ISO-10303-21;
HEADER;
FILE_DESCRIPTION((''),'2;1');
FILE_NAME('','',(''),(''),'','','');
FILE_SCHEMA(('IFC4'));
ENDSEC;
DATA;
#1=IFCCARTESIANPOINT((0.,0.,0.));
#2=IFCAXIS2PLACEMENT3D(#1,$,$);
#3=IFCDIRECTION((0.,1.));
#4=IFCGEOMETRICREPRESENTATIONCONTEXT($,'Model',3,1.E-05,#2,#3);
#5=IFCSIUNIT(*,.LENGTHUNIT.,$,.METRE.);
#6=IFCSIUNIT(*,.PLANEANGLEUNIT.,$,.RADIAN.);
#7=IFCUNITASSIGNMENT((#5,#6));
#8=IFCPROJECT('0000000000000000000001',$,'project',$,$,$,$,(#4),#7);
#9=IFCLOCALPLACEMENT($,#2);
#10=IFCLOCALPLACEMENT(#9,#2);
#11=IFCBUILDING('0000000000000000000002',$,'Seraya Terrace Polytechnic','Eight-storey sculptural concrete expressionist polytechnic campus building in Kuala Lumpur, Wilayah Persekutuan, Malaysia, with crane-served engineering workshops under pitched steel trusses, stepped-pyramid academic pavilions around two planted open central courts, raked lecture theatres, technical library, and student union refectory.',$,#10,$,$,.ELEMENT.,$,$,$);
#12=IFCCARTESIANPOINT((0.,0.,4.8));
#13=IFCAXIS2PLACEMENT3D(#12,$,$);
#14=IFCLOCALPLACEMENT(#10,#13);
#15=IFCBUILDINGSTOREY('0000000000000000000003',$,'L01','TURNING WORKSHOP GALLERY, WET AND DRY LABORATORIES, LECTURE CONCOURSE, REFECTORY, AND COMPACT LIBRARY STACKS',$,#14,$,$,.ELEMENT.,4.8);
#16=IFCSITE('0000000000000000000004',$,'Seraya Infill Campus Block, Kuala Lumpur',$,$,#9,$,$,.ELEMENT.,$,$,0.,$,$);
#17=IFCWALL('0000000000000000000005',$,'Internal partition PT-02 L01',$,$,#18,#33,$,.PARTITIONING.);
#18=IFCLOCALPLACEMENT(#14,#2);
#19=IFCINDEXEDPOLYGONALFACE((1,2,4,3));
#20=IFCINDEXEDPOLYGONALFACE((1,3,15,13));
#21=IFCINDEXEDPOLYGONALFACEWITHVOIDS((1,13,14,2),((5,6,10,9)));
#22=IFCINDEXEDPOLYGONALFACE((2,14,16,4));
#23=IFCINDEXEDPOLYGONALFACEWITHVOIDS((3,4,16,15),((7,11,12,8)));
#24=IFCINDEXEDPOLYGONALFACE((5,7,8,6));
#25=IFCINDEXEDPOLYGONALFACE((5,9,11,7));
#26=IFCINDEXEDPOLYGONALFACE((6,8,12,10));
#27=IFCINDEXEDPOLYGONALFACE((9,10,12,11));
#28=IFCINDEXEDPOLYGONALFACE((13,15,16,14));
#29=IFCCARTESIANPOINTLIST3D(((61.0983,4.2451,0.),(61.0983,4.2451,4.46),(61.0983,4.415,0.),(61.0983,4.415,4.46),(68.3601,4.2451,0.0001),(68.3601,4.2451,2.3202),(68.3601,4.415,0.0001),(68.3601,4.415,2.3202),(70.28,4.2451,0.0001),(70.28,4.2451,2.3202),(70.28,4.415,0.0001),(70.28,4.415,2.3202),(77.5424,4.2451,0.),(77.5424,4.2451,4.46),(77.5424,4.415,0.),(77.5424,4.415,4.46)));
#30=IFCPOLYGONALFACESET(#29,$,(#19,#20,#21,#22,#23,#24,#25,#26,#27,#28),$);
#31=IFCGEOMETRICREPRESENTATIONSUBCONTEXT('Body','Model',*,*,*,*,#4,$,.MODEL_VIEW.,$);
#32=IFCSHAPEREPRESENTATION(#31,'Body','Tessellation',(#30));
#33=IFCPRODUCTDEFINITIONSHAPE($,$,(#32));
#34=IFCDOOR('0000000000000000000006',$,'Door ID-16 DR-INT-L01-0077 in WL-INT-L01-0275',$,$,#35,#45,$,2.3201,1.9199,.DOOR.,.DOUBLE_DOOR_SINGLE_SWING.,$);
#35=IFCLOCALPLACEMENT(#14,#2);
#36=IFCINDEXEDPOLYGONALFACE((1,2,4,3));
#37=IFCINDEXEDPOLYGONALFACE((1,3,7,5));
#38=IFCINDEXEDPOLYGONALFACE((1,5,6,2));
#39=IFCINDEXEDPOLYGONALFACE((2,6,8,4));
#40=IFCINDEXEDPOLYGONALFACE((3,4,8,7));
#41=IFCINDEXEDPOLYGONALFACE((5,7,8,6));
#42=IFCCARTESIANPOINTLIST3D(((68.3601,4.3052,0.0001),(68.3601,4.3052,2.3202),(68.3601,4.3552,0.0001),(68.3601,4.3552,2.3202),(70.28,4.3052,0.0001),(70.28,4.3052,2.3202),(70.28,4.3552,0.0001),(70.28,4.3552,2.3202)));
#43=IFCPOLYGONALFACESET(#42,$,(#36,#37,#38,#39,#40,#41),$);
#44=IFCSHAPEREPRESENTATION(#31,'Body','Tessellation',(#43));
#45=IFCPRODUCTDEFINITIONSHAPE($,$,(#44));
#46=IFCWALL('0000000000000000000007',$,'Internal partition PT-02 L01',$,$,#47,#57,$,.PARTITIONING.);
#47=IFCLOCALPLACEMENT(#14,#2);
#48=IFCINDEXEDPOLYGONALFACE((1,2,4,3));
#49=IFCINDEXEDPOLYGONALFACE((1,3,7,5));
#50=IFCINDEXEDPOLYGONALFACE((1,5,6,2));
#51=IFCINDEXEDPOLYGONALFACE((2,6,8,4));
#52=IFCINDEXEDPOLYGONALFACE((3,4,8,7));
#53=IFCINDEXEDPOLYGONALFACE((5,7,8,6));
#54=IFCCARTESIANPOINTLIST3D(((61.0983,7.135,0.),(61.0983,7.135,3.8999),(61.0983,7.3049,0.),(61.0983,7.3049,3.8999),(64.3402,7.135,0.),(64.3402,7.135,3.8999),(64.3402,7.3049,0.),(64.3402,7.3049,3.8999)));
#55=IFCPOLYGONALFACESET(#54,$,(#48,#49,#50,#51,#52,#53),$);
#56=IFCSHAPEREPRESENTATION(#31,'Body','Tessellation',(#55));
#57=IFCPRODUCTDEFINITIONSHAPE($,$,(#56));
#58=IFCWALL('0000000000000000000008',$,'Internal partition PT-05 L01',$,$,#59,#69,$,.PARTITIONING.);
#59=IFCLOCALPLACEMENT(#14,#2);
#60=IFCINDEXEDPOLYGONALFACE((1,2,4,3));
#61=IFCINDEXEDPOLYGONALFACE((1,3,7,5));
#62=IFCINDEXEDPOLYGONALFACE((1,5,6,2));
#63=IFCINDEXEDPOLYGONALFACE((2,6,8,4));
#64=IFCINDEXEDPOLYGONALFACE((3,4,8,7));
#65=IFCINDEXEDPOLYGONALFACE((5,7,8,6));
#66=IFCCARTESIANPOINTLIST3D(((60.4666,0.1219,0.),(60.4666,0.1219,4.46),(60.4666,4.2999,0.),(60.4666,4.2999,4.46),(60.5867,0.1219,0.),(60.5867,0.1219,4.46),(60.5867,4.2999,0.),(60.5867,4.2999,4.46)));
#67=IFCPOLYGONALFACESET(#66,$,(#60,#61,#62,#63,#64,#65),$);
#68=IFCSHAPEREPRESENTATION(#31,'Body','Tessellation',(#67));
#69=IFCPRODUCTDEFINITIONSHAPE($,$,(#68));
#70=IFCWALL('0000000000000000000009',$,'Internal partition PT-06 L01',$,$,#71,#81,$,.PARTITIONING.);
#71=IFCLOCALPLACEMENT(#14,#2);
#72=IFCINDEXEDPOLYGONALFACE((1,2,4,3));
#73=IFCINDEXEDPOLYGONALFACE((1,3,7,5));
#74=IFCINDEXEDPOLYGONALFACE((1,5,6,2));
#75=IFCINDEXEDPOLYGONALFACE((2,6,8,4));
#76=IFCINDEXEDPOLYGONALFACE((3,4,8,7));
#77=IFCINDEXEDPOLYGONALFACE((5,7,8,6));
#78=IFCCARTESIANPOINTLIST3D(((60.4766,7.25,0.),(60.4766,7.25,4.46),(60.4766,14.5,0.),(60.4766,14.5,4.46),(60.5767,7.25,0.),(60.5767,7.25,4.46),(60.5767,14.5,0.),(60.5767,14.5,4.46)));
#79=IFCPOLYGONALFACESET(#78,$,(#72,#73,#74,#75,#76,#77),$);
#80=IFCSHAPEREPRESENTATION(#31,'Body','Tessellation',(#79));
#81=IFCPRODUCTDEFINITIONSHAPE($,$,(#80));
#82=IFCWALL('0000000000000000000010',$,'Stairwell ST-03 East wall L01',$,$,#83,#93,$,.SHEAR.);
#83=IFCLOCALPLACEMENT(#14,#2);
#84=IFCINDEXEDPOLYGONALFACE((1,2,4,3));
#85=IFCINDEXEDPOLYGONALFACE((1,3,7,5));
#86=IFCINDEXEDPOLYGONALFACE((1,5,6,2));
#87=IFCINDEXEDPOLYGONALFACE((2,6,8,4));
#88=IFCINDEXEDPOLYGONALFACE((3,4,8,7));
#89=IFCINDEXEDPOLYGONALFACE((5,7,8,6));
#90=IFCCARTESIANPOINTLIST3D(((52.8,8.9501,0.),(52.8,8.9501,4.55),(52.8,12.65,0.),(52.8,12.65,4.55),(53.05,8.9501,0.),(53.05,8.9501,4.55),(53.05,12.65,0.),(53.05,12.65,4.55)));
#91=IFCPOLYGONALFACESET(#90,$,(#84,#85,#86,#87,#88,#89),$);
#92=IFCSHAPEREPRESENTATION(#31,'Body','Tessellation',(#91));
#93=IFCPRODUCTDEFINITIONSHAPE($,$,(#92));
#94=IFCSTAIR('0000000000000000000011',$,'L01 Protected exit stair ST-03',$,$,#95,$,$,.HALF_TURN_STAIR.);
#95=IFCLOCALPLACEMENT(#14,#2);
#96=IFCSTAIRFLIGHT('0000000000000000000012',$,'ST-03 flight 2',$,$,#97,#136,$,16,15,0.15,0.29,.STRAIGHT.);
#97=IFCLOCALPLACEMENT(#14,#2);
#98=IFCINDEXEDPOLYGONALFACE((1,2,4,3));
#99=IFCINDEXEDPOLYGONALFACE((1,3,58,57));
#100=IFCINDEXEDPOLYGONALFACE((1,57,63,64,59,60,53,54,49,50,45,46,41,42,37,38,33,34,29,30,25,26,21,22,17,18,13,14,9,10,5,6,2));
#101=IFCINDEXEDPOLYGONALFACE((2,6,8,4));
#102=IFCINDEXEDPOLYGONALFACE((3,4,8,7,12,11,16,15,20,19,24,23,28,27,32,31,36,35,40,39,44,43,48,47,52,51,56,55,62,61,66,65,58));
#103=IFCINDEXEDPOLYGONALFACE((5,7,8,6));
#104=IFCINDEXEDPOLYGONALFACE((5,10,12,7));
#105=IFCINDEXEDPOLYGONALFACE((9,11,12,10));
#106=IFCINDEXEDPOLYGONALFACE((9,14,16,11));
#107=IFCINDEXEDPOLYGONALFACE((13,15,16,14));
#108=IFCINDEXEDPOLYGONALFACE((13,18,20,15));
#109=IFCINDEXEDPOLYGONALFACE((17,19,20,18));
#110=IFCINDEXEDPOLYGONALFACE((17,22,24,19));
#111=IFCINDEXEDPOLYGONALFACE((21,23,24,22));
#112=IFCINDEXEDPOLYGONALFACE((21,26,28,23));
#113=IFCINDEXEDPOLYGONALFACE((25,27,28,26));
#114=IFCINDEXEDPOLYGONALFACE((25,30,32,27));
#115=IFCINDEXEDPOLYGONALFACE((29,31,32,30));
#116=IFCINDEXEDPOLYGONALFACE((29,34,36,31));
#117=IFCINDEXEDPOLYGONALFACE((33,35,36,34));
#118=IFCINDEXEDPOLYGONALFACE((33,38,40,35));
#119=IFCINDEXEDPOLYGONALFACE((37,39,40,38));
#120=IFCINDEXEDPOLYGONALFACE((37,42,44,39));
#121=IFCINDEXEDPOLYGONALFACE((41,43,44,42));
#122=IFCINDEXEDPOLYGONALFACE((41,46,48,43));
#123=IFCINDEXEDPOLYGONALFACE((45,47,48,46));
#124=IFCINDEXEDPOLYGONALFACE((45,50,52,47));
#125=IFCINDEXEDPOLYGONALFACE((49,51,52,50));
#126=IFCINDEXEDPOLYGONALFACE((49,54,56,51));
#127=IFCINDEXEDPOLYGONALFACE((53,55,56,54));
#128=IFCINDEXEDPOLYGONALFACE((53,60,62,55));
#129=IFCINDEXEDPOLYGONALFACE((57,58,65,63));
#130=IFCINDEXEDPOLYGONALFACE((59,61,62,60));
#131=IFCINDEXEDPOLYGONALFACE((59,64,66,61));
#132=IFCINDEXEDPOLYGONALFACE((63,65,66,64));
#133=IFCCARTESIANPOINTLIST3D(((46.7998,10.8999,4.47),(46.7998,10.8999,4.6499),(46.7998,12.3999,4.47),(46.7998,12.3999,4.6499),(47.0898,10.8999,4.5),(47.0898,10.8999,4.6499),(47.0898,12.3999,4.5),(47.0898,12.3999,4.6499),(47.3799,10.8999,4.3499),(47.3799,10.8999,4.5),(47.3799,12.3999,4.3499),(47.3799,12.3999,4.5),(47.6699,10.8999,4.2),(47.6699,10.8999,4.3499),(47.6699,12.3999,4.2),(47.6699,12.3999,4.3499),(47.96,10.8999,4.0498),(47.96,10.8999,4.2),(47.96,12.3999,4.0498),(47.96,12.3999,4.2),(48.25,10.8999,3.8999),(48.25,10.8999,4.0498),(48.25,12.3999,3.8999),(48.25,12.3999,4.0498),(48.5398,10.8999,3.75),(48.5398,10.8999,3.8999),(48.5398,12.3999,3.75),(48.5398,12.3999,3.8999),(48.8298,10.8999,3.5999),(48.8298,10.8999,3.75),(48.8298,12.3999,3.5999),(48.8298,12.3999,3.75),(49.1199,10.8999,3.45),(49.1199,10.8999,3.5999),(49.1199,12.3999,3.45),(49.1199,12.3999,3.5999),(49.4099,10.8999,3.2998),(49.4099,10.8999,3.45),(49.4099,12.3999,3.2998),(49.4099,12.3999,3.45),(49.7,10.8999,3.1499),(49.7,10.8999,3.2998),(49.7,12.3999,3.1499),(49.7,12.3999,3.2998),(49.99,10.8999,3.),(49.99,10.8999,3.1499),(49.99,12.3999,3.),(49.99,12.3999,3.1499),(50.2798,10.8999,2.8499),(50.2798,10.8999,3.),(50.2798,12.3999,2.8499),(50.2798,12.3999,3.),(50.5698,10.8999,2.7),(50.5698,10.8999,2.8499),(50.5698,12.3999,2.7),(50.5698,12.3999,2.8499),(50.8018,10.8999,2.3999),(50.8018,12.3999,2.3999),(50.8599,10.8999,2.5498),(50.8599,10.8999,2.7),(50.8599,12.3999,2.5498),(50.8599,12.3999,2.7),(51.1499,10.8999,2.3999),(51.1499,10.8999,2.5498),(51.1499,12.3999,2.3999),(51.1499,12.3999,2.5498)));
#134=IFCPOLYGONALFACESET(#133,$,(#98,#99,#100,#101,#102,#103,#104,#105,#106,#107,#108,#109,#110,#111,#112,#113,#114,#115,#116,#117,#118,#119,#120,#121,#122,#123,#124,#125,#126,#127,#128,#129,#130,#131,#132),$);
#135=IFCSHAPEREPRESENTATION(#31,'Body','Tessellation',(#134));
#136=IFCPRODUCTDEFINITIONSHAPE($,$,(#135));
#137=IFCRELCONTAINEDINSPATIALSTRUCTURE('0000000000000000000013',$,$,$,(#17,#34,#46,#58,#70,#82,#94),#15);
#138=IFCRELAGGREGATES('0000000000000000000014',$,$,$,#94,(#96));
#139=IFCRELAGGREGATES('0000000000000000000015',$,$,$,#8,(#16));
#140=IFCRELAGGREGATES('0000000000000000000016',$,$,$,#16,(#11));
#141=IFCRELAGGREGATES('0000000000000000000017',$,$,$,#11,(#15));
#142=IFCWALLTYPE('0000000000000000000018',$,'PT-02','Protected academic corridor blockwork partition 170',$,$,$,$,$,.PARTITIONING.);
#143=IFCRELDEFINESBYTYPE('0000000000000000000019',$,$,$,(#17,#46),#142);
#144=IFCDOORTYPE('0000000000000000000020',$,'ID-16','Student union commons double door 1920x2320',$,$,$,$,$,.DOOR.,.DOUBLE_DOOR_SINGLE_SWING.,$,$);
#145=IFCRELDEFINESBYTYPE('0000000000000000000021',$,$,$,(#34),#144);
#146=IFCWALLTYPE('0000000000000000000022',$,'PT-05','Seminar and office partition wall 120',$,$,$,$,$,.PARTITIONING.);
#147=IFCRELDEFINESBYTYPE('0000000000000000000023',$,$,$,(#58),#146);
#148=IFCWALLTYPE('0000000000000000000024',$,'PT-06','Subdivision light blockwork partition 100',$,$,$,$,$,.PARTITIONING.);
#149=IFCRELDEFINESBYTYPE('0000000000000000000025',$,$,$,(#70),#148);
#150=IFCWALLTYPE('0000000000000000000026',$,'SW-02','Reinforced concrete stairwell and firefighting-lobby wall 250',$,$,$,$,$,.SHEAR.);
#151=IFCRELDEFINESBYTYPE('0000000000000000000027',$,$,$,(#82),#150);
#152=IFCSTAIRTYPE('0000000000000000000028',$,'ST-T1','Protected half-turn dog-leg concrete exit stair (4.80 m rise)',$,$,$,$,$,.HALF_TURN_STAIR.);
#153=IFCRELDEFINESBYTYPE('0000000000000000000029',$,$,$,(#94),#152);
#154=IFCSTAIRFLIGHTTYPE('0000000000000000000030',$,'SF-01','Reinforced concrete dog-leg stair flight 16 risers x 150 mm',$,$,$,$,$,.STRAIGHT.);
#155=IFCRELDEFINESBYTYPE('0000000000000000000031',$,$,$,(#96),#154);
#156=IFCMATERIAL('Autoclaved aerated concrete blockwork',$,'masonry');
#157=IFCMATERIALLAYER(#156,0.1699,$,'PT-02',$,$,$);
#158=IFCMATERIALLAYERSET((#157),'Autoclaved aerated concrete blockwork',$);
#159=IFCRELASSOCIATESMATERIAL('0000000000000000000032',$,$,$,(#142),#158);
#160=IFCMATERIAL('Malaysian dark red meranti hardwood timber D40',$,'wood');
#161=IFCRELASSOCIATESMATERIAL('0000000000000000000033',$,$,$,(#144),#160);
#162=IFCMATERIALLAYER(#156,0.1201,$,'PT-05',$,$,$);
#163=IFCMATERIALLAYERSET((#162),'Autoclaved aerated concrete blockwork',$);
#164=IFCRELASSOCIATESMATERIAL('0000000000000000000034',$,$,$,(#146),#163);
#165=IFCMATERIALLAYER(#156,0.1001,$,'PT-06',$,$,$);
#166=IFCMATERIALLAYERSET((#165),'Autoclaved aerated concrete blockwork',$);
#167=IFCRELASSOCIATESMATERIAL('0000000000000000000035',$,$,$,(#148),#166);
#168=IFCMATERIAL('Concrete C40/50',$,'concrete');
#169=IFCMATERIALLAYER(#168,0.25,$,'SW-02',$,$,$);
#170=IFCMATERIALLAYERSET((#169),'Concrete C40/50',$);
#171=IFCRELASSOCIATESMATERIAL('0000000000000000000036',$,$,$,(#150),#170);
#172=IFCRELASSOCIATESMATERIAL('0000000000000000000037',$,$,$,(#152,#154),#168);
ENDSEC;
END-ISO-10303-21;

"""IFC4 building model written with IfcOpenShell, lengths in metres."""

from ifc_helpers import new_model, si_unit, direction, frame, frame_2d, origin, place, context, subcontext, project, spatial, polyline, rectangle, outline, extrude, material, layer, layer_set, type_object, element, fill, aggregate, save


model = new_model("IFC4")

# Units and contexts
model_context = context("Model", 3, precision=1e-05, world=origin(), true_north=direction((0.0, 1.0)))
body_context = subcontext(model_context, "Body", "Model", "MODEL_VIEW")
ifc_project = project(units=[si_unit("LENGTHUNIT", "METRE"), si_unit("PLANEANGLEUNIT", "RADIAN")], contexts=[model_context])

# Site, building, storey
site_placement = place(None, origin())
site = spatial("IfcSite", under=ifc_project, at=site_placement, Name="Seraya Infill Campus Block, Kuala Lumpur", CompositionType="ELEMENT", RefElevation=0.0)
building_placement = place(site_placement, origin())
building = spatial("IfcBuilding", under=site, at=building_placement, Name="Seraya Terrace Polytechnic", Description="Eight-storey sculptural concrete expressionist polytechnic campus building in Kuala Lumpur, Wilayah Persekutuan, Malaysia, with crane-served engineering workshops under pitched steel trusses, stepped-pyramid academic pavilions around two planted open central courts, raked lecture theatres, technical library, and student union refectory.", CompositionType="ELEMENT")
storey_placement = place(building_placement, frame((0.0, 0.0, 4.8)))
storey = spatial("IfcBuildingStorey", under=building, at=storey_placement, Name="L01", Description="TURNING WORKSHOP GALLERY, WET AND DRY LABORATORIES, LECTURE CONCOURSE, REFECTORY, AND COMPACT LIBRARY STACKS", CompositionType="ELEMENT", Elevation=4.8)

# Shared definitions
ifc_material_1 = material(Name="Concrete C40/50", Category="concrete")

# Shared definitions
ifc_material_2 = material(Name="Autoclaved aerated concrete blockwork", Category="masonry")
ifc_layer_1 = layer(ifc_material_2, 0.1699, Name="PT-02")
ifc_layer_set_1 = layer_set([ifc_layer_1], Name="Autoclaved aerated concrete blockwork")
wall_type_1 = type_object("IfcWallType", Name="PT-02", Description="Protected academic corridor blockwork partition 170", PredefinedType="PARTITIONING", material=ifc_layer_set_1)

# Wall, opening, door
wall_1_placement = place(storey_placement, frame((61.0981, 4.3301, 0.0), z_axis=(0.0, 0.0, 1.0), x_axis=(1.0, 0.0, 0.0)))
wall_1 = element("IfcWall", 1, at=wall_1_placement, inside=storey, type_object=wall_type_1, Name="Internal partition PT-02 L01", PredefinedType="PARTITIONING", context=body_context, shape_type="SweptSolid", body=[
    extrude(rectangle(XDim=16.4441, YDim=0.1699, at=frame_2d((8.2222, 0.0))), origin(), (0.0, 0.0, 1.0), 4.46),
])
opening_placement = place(wall_1_placement, frame((7.262, 0.0, 0.0)))
opening = element("IfcOpeningElement", 2, at=opening_placement, cuts=wall_1, PredefinedType="OPENING", context=body_context, shape_type="SweptSolid", body=[
    extrude(rectangle(XDim=1.9199, YDim=2.3201, at=frame_2d((0.96, 1.1602))), frame((0.0, 0.0969, 0.0), z_axis=(0.0, -1.0, 0.0), x_axis=(1.0, 0.0, 0.0)), (0.0, 0.0, 1.0), 0.1938),
])
ifc_material_3 = material(Name="Malaysian dark red meranti hardwood timber D40", Category="wood")
door_type = type_object("IfcDoorType", Name="ID-16", Description="Student union commons double door 1920x2320", OperationType="DOUBLE_DOOR_SINGLE_SWING", PredefinedType="DOOR", material=ifc_material_3)
door_placement = place(opening_placement, frame((1.9199, 0.0, 0.0), z_axis=(0.0, 0.0, 1.0), x_axis=(-1.0, 0.0, 0.0)))
door = element("IfcDoor", 3, at=door_placement, inside=storey, type_object=door_type, Name="Door ID-16 DR-INT-L01-0077 in WL-INT-L01-0275", OperationType="DOUBLE_DOOR_SINGLE_SWING", OverallHeight=2.3201, OverallWidth=1.9199, PredefinedType="DOOR", context=body_context, shape_type="SweptSolid", body=[
    extrude(rectangle(XDim=1.9199, YDim=2.3201, at=frame_2d((0.96, 1.1602))), frame((0.0, 0.0249, 0.0), z_axis=(0.0, -1.0, 0.0), x_axis=(1.0, 0.0, 0.0)), (0.0, 0.0, 1.0), 0.05),
])
fill(opening, door)

# Walls
wall_2_placement = place(storey_placement, frame((61.0981, 7.22, 0.0), z_axis=(0.0, 0.0, 1.0), x_axis=(1.0, 0.0, 0.0)))
element("IfcWall", 4, at=wall_2_placement, inside=storey, type_object=wall_type_1, Name="Internal partition PT-02 L01", PredefinedType="PARTITIONING", context=body_context, shape_type="SweptSolid", body=[
    extrude(rectangle(XDim=3.2419, YDim=0.1699, at=frame_2d((1.6211, 0.0))), origin(), (0.0, 0.0, 1.0), 3.8999),
])
ifc_layer_2 = layer(ifc_material_2, 0.1201, Name="PT-05")
ifc_layer_set_2 = layer_set([ifc_layer_2], Name="Autoclaved aerated concrete blockwork")
wall_type_2 = type_object("IfcWallType", Name="PT-05", Description="Seminar and office partition wall 120", PredefinedType="PARTITIONING", material=ifc_layer_set_2)
wall_3_placement = place(storey_placement, frame((60.5266, 0.1221, 0.0), z_axis=(0.0, 0.0, 1.0), x_axis=(0.0, 1.0, 0.0)))
element("IfcWall", 5, at=wall_3_placement, inside=storey, type_object=wall_type_2, Name="Internal partition PT-05 L01", PredefinedType="PARTITIONING", context=body_context, shape_type="SweptSolid", body=[
    extrude(rectangle(XDim=4.178, YDim=0.1201, at=frame_2d((2.0889, 0.0))), origin(), (0.0, 0.0, 1.0), 4.46),
])
ifc_layer_3 = layer(ifc_material_2, 0.1001, Name="PT-06")
ifc_layer_set_3 = layer_set([ifc_layer_3], Name="Autoclaved aerated concrete blockwork")
wall_type_3 = type_object("IfcWallType", Name="PT-06", Description="Subdivision light blockwork partition 100", PredefinedType="PARTITIONING", material=ifc_layer_set_3)
wall_4_placement = place(storey_placement, frame((60.5266, 7.25, 0.0), z_axis=(0.0, 0.0, 1.0), x_axis=(0.0, 1.0, 0.0)))
element("IfcWall", 6, at=wall_4_placement, inside=storey, type_object=wall_type_3, Name="Internal partition PT-06 L01", PredefinedType="PARTITIONING", context=body_context, shape_type="SweptSolid", body=[
    extrude(rectangle(XDim=7.25, YDim=0.1001, at=frame_2d((3.625, 0.0))), origin(), (0.0, 0.0, 1.0), 4.46),
])
ifc_layer_4 = layer(ifc_material_1, 0.25, Name="SW-02")
ifc_layer_set_4 = layer_set([ifc_layer_4], Name="Concrete C40/50")
wall_type_4 = type_object("IfcWallType", Name="SW-02", Description="Reinforced concrete stairwell and firefighting-lobby wall 250", PredefinedType="SHEAR", material=ifc_layer_set_4)
wall_5_placement = place(storey_placement, frame((52.925, 8.95, 0.0), z_axis=(0.0, 0.0, 1.0), x_axis=(0.0, 1.0, 0.0)))
element("IfcWall", 7, at=wall_5_placement, inside=storey, type_object=wall_type_4, Name="Stairwell ST-03 East wall L01", PredefinedType="SHEAR", context=body_context, shape_type="SweptSolid", body=[
    extrude(rectangle(XDim=3.7, YDim=0.25, at=frame_2d((1.8501, 0.0))), origin(), (0.0, 0.0, 1.0), 4.55),
])

# Stair, stair flight
stair_type = type_object("IfcStairType", Name="ST-T1", Description="Protected half-turn dog-leg concrete exit stair (4.80 m rise)", PredefinedType="HALF_TURN_STAIR", material=ifc_material_1)
stair_placement = place(storey_placement, origin())
stair = element("IfcStair", 8, at=stair_placement, inside=storey, type_object=stair_type, Name="L01 Protected exit stair ST-03", PredefinedType="HALF_TURN_STAIR")
stair_flight_type = type_object("IfcStairFlightType", Name="SF-01", Description="Reinforced concrete dog-leg stair flight 16 risers x 150 mm", PredefinedType="STRAIGHT", material=ifc_material_1)
stair_flight_placement = place(storey_placement, frame((51.1499, 11.6499, 2.3999), z_axis=(0.0, 0.0, 1.0), x_axis=(-1.0, 0.0, 0.0)))
stair_flight = element("IfcStairFlight", 9, at=stair_flight_placement, type_object=stair_flight_type, Name="ST-03 flight 2", NumberOfRisers=16, NumberOfTreads=15, PredefinedType="STRAIGHT", RiserHeight=0.15, TreadLength=0.29, context=body_context, shape_type="SweptSolid", body=[
    extrude(outline(polyline([(0.0, 0.0), (0.0, 0.1499), (0.29, 0.1499), (0.29, 0.3), (0.5801, 0.3), (0.5801, 0.45), (0.8701, 0.45), (0.8701, 0.6001), (1.1599, 0.6001), (1.1599, 0.75), (1.45, 0.75), (1.45, 0.8999), (1.74, 0.8999), (1.74, 1.05), (2.03, 1.05), (2.03, 1.2), (2.3201, 1.2), (2.3201, 1.3501), (2.6101, 1.3501), (2.6101, 1.5), (2.8999, 1.5), (2.8999, 1.6499), (3.1899, 1.6499), (3.1899, 1.8), (3.48, 1.8), (3.48, 1.95), (3.77, 1.95), (3.77, 2.1001), (4.0601, 2.1001), (4.0601, 2.25), (4.3501, 2.25), (4.3501, 2.3999), (4.3501, 2.0701), (0.3481, 0.0), (0.0, 0.0)])), frame((0.0, 0.75, 0.0), z_axis=(0.0, -1.0, 0.0), x_axis=(1.0, 0.0, 0.0)), (0.0, 0.0, 1.0), 1.5),
])
aggregate(stair, [stair_flight])

save(model, "model.ifc")
